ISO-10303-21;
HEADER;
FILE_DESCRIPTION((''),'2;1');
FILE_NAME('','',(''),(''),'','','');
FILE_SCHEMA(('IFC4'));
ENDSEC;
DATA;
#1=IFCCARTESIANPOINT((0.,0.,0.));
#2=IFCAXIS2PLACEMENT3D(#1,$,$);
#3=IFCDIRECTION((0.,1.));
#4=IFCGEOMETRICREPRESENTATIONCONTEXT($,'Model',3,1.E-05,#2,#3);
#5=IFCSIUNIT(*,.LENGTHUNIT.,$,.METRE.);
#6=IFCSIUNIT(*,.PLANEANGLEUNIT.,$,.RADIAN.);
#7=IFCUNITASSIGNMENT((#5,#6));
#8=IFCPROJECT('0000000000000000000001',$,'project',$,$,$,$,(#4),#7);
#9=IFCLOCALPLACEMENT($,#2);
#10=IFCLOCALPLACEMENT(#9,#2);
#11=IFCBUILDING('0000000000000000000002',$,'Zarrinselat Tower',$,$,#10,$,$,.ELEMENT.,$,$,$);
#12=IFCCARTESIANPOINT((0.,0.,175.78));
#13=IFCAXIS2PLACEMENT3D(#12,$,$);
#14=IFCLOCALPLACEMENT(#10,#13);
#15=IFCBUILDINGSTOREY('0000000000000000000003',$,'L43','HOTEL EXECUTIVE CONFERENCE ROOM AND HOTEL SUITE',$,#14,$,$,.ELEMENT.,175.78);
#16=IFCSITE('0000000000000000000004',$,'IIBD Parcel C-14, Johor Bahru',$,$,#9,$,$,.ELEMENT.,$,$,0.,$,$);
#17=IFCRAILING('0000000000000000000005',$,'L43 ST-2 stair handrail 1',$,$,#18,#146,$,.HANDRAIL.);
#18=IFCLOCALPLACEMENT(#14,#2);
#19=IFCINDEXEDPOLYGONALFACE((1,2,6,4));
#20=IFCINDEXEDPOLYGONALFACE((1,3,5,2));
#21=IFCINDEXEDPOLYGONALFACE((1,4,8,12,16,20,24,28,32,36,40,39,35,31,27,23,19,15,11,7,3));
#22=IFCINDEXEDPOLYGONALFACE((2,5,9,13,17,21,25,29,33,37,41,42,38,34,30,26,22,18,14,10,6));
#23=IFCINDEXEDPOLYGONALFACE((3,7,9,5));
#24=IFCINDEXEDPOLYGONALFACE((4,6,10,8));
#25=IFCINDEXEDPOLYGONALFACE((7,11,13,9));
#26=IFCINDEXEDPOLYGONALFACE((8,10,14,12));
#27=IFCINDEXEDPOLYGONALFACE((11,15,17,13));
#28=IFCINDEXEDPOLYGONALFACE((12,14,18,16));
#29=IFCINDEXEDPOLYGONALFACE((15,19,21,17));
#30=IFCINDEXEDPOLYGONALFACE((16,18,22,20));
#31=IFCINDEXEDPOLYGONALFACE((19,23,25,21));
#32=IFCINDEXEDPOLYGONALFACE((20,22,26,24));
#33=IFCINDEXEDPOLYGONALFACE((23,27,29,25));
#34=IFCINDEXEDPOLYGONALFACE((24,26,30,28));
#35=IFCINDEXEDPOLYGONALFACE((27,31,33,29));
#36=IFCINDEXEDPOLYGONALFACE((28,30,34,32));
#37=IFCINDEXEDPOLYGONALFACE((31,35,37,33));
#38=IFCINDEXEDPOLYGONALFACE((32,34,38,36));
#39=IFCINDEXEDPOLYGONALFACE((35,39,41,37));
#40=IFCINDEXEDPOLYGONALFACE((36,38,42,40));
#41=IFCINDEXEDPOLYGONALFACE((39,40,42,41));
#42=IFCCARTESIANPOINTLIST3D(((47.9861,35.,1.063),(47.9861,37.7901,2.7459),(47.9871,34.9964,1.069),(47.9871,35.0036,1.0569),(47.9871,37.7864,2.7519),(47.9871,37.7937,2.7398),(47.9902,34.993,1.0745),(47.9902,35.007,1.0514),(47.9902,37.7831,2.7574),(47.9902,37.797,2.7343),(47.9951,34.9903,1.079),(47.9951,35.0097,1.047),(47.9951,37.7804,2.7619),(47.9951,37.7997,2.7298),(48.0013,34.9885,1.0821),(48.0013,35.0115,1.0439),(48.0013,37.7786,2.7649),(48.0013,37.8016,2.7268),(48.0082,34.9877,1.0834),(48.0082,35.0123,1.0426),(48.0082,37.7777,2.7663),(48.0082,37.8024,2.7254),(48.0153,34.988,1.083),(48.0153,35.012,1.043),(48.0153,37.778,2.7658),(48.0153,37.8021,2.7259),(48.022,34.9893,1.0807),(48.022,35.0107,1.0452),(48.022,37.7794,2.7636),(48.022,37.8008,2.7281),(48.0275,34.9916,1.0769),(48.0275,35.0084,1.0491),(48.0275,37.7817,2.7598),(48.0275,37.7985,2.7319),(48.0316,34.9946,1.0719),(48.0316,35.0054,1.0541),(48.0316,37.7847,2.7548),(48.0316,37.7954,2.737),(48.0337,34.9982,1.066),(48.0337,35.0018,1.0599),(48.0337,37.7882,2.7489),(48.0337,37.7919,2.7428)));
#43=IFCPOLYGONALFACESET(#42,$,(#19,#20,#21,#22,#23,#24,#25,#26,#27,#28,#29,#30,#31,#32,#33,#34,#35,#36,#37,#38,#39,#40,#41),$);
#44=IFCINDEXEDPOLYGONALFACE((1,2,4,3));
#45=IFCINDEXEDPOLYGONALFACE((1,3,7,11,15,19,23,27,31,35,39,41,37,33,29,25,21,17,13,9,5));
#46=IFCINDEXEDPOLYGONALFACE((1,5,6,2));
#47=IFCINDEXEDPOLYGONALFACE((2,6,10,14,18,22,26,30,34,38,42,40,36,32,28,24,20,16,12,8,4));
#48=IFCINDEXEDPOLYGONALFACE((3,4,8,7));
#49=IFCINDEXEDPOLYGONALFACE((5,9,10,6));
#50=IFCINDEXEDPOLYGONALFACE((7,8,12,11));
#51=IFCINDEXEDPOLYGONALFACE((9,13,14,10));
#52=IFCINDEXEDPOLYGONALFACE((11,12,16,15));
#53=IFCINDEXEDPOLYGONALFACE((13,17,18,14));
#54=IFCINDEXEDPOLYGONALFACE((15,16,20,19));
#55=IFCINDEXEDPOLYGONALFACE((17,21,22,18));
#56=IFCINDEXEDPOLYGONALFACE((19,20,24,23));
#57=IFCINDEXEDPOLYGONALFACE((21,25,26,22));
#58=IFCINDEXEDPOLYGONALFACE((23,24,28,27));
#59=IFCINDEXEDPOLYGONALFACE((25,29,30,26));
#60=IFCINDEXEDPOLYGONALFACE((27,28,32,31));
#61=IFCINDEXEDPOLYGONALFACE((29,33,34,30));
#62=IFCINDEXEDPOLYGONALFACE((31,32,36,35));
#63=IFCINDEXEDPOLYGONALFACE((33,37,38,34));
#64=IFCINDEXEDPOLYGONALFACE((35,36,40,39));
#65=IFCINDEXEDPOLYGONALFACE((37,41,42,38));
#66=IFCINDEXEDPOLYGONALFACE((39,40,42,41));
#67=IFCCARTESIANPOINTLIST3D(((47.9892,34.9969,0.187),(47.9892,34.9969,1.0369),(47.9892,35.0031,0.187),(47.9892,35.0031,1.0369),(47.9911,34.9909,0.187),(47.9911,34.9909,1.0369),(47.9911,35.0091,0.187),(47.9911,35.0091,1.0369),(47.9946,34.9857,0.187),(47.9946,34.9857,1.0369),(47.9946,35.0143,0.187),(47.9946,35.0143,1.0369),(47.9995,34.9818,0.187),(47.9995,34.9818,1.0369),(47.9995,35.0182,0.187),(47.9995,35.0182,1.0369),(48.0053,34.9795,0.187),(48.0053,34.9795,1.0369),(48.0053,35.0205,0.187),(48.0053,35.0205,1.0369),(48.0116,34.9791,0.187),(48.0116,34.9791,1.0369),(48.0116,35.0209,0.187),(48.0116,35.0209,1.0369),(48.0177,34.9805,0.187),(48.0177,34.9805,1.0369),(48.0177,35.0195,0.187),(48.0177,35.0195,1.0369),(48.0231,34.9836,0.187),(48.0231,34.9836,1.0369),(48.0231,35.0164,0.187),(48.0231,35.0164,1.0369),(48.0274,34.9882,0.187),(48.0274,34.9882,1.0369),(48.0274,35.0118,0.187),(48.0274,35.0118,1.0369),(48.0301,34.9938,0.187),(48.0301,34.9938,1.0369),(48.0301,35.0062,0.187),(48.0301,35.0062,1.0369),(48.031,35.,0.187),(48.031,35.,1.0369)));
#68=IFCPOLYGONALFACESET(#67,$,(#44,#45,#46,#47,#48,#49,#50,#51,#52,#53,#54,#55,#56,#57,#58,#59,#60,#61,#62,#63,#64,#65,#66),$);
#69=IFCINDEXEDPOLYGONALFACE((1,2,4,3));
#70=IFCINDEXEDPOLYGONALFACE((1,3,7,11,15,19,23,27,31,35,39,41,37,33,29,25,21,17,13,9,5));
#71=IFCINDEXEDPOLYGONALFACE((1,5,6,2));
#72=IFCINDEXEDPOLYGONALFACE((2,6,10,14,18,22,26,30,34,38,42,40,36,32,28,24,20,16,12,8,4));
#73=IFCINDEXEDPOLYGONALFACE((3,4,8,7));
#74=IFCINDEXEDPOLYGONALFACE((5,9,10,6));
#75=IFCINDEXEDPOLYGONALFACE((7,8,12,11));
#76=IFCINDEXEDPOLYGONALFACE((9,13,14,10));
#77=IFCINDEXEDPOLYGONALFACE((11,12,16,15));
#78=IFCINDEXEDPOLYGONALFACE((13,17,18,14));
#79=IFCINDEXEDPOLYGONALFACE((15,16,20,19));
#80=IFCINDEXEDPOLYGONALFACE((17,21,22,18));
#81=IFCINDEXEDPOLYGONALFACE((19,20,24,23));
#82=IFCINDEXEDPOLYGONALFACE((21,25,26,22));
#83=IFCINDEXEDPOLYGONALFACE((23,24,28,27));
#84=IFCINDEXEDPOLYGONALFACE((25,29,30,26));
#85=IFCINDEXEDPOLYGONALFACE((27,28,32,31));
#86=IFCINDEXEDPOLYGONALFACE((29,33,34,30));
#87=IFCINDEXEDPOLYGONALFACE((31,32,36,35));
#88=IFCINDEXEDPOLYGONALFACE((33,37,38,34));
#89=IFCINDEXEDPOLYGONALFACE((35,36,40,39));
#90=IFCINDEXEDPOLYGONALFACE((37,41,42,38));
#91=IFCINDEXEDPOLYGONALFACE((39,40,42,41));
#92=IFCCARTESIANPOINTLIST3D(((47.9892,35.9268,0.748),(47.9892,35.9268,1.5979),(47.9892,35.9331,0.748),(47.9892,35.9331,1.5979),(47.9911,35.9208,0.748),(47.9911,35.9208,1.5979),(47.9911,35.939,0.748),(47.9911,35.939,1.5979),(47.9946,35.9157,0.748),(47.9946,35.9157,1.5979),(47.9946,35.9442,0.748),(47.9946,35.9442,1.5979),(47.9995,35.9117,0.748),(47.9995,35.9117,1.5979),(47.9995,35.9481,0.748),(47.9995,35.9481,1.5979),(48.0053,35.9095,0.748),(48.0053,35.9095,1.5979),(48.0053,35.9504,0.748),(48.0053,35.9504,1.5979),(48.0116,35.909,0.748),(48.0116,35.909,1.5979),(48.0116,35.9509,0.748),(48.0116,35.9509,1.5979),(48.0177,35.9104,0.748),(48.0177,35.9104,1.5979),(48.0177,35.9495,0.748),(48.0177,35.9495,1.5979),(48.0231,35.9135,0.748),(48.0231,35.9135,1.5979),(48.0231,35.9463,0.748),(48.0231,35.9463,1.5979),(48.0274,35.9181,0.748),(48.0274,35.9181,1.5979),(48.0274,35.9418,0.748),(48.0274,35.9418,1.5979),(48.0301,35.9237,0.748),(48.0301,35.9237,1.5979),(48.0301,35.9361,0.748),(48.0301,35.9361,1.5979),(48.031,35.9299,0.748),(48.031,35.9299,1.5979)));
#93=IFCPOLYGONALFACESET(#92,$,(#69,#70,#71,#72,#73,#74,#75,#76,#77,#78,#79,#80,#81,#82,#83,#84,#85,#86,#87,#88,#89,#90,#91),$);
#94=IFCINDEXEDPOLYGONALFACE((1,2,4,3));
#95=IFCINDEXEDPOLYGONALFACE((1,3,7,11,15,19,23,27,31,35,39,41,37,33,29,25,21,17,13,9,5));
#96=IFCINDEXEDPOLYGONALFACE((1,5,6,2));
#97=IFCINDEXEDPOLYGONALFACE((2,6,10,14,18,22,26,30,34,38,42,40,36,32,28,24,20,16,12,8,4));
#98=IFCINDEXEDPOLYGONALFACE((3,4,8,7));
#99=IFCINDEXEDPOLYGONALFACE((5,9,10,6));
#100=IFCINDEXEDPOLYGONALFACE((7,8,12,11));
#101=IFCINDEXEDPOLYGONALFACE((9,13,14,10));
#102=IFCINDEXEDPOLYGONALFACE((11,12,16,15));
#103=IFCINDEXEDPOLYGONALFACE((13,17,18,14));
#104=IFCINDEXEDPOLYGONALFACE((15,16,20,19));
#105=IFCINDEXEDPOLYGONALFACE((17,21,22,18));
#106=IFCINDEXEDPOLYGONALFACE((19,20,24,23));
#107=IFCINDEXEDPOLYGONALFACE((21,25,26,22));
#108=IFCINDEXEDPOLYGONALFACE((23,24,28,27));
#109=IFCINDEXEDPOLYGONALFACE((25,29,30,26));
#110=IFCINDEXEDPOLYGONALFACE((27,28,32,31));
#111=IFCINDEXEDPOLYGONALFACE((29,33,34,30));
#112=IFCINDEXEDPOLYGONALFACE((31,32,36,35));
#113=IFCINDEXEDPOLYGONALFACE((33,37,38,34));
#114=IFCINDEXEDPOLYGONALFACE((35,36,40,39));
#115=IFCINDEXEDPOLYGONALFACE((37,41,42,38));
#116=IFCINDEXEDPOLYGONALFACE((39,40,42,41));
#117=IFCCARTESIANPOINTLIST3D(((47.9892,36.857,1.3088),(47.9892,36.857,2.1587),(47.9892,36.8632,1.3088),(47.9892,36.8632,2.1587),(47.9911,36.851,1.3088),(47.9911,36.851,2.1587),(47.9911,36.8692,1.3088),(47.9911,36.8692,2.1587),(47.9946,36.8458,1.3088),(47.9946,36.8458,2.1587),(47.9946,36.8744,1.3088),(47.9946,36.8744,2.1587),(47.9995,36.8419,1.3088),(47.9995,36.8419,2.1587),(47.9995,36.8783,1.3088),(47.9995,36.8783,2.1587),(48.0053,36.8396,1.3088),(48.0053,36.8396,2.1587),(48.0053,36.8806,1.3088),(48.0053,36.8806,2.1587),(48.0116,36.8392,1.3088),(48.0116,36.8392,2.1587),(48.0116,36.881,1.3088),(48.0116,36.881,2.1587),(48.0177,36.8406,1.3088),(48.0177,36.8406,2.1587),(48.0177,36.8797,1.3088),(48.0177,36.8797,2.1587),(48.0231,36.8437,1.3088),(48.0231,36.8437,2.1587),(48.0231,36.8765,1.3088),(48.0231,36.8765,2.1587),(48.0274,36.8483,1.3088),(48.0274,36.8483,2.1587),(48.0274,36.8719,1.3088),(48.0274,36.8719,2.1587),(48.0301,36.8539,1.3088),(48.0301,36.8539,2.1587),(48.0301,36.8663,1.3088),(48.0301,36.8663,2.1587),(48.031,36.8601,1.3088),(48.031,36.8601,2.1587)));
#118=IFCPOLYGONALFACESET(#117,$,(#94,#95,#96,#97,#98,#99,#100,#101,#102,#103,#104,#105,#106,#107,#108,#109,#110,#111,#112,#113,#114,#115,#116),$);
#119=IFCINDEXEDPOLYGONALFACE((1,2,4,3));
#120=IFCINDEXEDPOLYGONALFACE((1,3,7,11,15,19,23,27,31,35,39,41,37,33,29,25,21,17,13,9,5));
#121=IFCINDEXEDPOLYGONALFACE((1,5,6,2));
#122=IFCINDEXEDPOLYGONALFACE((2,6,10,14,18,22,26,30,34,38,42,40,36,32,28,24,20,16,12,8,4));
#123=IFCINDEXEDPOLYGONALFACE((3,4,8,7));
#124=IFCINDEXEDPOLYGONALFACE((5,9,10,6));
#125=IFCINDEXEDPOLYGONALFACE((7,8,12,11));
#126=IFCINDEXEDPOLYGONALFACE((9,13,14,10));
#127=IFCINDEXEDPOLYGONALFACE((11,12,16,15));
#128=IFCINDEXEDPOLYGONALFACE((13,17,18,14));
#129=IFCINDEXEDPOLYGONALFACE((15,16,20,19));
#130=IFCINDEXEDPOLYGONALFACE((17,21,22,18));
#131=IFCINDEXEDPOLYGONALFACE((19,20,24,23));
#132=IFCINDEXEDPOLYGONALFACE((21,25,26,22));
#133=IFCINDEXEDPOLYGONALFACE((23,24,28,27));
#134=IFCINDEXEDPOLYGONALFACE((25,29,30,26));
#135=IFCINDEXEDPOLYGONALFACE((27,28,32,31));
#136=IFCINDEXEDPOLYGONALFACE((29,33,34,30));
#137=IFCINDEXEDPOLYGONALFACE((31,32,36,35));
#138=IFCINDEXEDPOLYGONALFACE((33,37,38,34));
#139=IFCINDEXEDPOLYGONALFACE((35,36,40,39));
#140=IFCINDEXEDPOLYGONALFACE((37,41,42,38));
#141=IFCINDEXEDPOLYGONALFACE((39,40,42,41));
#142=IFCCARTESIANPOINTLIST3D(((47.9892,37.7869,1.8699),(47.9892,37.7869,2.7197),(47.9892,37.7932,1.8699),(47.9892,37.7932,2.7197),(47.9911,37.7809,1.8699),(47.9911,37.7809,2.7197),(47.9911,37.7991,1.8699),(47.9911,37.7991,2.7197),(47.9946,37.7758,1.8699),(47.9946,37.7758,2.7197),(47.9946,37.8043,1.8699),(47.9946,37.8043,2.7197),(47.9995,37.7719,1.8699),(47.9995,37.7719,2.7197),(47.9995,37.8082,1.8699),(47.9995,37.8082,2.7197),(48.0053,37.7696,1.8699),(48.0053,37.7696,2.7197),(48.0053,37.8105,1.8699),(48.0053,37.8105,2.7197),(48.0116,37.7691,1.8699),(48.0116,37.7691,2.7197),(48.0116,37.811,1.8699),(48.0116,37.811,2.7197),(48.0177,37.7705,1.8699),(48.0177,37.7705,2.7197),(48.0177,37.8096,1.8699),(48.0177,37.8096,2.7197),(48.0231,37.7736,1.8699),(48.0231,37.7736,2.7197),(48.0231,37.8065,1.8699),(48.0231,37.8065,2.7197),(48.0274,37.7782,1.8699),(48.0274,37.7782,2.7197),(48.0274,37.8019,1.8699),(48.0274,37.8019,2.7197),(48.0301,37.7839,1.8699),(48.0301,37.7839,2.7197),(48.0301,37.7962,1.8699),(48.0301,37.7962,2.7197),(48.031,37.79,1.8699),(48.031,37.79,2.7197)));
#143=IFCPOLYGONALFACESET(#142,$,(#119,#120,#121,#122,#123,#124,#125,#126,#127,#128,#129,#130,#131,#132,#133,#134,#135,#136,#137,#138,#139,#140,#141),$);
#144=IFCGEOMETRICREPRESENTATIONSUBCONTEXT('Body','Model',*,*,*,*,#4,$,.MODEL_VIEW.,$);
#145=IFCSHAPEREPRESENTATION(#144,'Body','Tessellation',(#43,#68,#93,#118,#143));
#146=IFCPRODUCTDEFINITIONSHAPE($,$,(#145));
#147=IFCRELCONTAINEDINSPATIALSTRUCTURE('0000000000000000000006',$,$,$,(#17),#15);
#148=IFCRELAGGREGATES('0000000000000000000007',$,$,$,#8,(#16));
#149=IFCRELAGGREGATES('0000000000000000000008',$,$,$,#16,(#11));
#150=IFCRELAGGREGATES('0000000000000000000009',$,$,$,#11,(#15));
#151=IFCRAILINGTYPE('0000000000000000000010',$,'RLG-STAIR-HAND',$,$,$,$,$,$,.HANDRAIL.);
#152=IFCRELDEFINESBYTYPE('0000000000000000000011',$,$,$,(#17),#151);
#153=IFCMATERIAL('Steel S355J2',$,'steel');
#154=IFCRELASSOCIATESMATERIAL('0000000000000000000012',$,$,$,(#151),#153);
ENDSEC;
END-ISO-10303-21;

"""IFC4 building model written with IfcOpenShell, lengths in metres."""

from ifc_helpers import new_model, si_unit, direction, frame, origin, origin_2d, place, context, subcontext, project, spatial, circle, extrude, material, type_object, element, save


model = new_model("IFC4")

# Units and contexts
model_context = context("Model", 3, precision=1e-05, world=origin(), true_north=direction((0.0, 1.0)))
body_context = subcontext(model_context, "Body", "Model", "MODEL_VIEW")
ifc_project = project(units=[si_unit("LENGTHUNIT", "METRE"), si_unit("PLANEANGLEUNIT", "RADIAN")], contexts=[model_context])

# Site, building, storey
site_placement = place(None, origin())
site = spatial("IfcSite", under=ifc_project, at=site_placement, Name="IIBD Parcel C-14, Johor Bahru", CompositionType="ELEMENT", RefElevation=0.0)
building_placement = place(site_placement, origin())
building = spatial("IfcBuilding", under=site, at=building_placement, Name="Zarrinselat Tower", CompositionType="ELEMENT")
storey_placement = place(building_placement, frame((0.0, 0.0, 175.78)))
storey = spatial("IfcBuildingStorey", under=building, at=storey_placement, Name="L43", Description="HOTEL EXECUTIVE CONFERENCE ROOM AND HOTEL SUITE", CompositionType="ELEMENT", Elevation=175.78)

# Railing
ifc_material_1 = material(Name="Steel S355J2", Category="steel")
railing_type_1 = type_object("IfcRailingType", Name="RLG-STAIR-HAND", PredefinedType="HANDRAIL", material=ifc_material_1)
railing_1_placement = place(storey_placement, frame((48.01, 35.0, 0.187)))
element("IfcRailing", 1, at=railing_1_placement, inside=storey, type_object=railing_type_1, Name="L43 ST-2 stair handrail 1", PredefinedType="HANDRAIL", context=body_context, shape_type="SweptSolid", body=[
    extrude(circle(Radius=0.0239, at=origin_2d()), frame((0.0, 0.0, 0.876), z_axis=(0.0, 0.856294, 0.516489), x_axis=(-1.0, 0.0, 0.0)), (0.0, 0.0, 1.0), 3.2583),
    extrude(circle(Radius=0.021, at=origin_2d()), origin(), (0.0, 0.0, 1.0), 0.8499),
    extrude(circle(Radius=0.021, at=origin_2d()), frame((0.0, 0.9299, 0.561)), (0.0, 0.0, 1.0), 0.8499),
    extrude(circle(Radius=0.021, at=origin_2d()), frame((0.0, 1.8601, 1.1218)), (0.0, 0.0, 1.0), 0.8499),
    extrude(circle(Radius=0.021, at=origin_2d()), frame((0.0, 2.79, 1.6829)), (0.0, 0.0, 1.0), 0.8499),
])

save(model, "model.ifc")
